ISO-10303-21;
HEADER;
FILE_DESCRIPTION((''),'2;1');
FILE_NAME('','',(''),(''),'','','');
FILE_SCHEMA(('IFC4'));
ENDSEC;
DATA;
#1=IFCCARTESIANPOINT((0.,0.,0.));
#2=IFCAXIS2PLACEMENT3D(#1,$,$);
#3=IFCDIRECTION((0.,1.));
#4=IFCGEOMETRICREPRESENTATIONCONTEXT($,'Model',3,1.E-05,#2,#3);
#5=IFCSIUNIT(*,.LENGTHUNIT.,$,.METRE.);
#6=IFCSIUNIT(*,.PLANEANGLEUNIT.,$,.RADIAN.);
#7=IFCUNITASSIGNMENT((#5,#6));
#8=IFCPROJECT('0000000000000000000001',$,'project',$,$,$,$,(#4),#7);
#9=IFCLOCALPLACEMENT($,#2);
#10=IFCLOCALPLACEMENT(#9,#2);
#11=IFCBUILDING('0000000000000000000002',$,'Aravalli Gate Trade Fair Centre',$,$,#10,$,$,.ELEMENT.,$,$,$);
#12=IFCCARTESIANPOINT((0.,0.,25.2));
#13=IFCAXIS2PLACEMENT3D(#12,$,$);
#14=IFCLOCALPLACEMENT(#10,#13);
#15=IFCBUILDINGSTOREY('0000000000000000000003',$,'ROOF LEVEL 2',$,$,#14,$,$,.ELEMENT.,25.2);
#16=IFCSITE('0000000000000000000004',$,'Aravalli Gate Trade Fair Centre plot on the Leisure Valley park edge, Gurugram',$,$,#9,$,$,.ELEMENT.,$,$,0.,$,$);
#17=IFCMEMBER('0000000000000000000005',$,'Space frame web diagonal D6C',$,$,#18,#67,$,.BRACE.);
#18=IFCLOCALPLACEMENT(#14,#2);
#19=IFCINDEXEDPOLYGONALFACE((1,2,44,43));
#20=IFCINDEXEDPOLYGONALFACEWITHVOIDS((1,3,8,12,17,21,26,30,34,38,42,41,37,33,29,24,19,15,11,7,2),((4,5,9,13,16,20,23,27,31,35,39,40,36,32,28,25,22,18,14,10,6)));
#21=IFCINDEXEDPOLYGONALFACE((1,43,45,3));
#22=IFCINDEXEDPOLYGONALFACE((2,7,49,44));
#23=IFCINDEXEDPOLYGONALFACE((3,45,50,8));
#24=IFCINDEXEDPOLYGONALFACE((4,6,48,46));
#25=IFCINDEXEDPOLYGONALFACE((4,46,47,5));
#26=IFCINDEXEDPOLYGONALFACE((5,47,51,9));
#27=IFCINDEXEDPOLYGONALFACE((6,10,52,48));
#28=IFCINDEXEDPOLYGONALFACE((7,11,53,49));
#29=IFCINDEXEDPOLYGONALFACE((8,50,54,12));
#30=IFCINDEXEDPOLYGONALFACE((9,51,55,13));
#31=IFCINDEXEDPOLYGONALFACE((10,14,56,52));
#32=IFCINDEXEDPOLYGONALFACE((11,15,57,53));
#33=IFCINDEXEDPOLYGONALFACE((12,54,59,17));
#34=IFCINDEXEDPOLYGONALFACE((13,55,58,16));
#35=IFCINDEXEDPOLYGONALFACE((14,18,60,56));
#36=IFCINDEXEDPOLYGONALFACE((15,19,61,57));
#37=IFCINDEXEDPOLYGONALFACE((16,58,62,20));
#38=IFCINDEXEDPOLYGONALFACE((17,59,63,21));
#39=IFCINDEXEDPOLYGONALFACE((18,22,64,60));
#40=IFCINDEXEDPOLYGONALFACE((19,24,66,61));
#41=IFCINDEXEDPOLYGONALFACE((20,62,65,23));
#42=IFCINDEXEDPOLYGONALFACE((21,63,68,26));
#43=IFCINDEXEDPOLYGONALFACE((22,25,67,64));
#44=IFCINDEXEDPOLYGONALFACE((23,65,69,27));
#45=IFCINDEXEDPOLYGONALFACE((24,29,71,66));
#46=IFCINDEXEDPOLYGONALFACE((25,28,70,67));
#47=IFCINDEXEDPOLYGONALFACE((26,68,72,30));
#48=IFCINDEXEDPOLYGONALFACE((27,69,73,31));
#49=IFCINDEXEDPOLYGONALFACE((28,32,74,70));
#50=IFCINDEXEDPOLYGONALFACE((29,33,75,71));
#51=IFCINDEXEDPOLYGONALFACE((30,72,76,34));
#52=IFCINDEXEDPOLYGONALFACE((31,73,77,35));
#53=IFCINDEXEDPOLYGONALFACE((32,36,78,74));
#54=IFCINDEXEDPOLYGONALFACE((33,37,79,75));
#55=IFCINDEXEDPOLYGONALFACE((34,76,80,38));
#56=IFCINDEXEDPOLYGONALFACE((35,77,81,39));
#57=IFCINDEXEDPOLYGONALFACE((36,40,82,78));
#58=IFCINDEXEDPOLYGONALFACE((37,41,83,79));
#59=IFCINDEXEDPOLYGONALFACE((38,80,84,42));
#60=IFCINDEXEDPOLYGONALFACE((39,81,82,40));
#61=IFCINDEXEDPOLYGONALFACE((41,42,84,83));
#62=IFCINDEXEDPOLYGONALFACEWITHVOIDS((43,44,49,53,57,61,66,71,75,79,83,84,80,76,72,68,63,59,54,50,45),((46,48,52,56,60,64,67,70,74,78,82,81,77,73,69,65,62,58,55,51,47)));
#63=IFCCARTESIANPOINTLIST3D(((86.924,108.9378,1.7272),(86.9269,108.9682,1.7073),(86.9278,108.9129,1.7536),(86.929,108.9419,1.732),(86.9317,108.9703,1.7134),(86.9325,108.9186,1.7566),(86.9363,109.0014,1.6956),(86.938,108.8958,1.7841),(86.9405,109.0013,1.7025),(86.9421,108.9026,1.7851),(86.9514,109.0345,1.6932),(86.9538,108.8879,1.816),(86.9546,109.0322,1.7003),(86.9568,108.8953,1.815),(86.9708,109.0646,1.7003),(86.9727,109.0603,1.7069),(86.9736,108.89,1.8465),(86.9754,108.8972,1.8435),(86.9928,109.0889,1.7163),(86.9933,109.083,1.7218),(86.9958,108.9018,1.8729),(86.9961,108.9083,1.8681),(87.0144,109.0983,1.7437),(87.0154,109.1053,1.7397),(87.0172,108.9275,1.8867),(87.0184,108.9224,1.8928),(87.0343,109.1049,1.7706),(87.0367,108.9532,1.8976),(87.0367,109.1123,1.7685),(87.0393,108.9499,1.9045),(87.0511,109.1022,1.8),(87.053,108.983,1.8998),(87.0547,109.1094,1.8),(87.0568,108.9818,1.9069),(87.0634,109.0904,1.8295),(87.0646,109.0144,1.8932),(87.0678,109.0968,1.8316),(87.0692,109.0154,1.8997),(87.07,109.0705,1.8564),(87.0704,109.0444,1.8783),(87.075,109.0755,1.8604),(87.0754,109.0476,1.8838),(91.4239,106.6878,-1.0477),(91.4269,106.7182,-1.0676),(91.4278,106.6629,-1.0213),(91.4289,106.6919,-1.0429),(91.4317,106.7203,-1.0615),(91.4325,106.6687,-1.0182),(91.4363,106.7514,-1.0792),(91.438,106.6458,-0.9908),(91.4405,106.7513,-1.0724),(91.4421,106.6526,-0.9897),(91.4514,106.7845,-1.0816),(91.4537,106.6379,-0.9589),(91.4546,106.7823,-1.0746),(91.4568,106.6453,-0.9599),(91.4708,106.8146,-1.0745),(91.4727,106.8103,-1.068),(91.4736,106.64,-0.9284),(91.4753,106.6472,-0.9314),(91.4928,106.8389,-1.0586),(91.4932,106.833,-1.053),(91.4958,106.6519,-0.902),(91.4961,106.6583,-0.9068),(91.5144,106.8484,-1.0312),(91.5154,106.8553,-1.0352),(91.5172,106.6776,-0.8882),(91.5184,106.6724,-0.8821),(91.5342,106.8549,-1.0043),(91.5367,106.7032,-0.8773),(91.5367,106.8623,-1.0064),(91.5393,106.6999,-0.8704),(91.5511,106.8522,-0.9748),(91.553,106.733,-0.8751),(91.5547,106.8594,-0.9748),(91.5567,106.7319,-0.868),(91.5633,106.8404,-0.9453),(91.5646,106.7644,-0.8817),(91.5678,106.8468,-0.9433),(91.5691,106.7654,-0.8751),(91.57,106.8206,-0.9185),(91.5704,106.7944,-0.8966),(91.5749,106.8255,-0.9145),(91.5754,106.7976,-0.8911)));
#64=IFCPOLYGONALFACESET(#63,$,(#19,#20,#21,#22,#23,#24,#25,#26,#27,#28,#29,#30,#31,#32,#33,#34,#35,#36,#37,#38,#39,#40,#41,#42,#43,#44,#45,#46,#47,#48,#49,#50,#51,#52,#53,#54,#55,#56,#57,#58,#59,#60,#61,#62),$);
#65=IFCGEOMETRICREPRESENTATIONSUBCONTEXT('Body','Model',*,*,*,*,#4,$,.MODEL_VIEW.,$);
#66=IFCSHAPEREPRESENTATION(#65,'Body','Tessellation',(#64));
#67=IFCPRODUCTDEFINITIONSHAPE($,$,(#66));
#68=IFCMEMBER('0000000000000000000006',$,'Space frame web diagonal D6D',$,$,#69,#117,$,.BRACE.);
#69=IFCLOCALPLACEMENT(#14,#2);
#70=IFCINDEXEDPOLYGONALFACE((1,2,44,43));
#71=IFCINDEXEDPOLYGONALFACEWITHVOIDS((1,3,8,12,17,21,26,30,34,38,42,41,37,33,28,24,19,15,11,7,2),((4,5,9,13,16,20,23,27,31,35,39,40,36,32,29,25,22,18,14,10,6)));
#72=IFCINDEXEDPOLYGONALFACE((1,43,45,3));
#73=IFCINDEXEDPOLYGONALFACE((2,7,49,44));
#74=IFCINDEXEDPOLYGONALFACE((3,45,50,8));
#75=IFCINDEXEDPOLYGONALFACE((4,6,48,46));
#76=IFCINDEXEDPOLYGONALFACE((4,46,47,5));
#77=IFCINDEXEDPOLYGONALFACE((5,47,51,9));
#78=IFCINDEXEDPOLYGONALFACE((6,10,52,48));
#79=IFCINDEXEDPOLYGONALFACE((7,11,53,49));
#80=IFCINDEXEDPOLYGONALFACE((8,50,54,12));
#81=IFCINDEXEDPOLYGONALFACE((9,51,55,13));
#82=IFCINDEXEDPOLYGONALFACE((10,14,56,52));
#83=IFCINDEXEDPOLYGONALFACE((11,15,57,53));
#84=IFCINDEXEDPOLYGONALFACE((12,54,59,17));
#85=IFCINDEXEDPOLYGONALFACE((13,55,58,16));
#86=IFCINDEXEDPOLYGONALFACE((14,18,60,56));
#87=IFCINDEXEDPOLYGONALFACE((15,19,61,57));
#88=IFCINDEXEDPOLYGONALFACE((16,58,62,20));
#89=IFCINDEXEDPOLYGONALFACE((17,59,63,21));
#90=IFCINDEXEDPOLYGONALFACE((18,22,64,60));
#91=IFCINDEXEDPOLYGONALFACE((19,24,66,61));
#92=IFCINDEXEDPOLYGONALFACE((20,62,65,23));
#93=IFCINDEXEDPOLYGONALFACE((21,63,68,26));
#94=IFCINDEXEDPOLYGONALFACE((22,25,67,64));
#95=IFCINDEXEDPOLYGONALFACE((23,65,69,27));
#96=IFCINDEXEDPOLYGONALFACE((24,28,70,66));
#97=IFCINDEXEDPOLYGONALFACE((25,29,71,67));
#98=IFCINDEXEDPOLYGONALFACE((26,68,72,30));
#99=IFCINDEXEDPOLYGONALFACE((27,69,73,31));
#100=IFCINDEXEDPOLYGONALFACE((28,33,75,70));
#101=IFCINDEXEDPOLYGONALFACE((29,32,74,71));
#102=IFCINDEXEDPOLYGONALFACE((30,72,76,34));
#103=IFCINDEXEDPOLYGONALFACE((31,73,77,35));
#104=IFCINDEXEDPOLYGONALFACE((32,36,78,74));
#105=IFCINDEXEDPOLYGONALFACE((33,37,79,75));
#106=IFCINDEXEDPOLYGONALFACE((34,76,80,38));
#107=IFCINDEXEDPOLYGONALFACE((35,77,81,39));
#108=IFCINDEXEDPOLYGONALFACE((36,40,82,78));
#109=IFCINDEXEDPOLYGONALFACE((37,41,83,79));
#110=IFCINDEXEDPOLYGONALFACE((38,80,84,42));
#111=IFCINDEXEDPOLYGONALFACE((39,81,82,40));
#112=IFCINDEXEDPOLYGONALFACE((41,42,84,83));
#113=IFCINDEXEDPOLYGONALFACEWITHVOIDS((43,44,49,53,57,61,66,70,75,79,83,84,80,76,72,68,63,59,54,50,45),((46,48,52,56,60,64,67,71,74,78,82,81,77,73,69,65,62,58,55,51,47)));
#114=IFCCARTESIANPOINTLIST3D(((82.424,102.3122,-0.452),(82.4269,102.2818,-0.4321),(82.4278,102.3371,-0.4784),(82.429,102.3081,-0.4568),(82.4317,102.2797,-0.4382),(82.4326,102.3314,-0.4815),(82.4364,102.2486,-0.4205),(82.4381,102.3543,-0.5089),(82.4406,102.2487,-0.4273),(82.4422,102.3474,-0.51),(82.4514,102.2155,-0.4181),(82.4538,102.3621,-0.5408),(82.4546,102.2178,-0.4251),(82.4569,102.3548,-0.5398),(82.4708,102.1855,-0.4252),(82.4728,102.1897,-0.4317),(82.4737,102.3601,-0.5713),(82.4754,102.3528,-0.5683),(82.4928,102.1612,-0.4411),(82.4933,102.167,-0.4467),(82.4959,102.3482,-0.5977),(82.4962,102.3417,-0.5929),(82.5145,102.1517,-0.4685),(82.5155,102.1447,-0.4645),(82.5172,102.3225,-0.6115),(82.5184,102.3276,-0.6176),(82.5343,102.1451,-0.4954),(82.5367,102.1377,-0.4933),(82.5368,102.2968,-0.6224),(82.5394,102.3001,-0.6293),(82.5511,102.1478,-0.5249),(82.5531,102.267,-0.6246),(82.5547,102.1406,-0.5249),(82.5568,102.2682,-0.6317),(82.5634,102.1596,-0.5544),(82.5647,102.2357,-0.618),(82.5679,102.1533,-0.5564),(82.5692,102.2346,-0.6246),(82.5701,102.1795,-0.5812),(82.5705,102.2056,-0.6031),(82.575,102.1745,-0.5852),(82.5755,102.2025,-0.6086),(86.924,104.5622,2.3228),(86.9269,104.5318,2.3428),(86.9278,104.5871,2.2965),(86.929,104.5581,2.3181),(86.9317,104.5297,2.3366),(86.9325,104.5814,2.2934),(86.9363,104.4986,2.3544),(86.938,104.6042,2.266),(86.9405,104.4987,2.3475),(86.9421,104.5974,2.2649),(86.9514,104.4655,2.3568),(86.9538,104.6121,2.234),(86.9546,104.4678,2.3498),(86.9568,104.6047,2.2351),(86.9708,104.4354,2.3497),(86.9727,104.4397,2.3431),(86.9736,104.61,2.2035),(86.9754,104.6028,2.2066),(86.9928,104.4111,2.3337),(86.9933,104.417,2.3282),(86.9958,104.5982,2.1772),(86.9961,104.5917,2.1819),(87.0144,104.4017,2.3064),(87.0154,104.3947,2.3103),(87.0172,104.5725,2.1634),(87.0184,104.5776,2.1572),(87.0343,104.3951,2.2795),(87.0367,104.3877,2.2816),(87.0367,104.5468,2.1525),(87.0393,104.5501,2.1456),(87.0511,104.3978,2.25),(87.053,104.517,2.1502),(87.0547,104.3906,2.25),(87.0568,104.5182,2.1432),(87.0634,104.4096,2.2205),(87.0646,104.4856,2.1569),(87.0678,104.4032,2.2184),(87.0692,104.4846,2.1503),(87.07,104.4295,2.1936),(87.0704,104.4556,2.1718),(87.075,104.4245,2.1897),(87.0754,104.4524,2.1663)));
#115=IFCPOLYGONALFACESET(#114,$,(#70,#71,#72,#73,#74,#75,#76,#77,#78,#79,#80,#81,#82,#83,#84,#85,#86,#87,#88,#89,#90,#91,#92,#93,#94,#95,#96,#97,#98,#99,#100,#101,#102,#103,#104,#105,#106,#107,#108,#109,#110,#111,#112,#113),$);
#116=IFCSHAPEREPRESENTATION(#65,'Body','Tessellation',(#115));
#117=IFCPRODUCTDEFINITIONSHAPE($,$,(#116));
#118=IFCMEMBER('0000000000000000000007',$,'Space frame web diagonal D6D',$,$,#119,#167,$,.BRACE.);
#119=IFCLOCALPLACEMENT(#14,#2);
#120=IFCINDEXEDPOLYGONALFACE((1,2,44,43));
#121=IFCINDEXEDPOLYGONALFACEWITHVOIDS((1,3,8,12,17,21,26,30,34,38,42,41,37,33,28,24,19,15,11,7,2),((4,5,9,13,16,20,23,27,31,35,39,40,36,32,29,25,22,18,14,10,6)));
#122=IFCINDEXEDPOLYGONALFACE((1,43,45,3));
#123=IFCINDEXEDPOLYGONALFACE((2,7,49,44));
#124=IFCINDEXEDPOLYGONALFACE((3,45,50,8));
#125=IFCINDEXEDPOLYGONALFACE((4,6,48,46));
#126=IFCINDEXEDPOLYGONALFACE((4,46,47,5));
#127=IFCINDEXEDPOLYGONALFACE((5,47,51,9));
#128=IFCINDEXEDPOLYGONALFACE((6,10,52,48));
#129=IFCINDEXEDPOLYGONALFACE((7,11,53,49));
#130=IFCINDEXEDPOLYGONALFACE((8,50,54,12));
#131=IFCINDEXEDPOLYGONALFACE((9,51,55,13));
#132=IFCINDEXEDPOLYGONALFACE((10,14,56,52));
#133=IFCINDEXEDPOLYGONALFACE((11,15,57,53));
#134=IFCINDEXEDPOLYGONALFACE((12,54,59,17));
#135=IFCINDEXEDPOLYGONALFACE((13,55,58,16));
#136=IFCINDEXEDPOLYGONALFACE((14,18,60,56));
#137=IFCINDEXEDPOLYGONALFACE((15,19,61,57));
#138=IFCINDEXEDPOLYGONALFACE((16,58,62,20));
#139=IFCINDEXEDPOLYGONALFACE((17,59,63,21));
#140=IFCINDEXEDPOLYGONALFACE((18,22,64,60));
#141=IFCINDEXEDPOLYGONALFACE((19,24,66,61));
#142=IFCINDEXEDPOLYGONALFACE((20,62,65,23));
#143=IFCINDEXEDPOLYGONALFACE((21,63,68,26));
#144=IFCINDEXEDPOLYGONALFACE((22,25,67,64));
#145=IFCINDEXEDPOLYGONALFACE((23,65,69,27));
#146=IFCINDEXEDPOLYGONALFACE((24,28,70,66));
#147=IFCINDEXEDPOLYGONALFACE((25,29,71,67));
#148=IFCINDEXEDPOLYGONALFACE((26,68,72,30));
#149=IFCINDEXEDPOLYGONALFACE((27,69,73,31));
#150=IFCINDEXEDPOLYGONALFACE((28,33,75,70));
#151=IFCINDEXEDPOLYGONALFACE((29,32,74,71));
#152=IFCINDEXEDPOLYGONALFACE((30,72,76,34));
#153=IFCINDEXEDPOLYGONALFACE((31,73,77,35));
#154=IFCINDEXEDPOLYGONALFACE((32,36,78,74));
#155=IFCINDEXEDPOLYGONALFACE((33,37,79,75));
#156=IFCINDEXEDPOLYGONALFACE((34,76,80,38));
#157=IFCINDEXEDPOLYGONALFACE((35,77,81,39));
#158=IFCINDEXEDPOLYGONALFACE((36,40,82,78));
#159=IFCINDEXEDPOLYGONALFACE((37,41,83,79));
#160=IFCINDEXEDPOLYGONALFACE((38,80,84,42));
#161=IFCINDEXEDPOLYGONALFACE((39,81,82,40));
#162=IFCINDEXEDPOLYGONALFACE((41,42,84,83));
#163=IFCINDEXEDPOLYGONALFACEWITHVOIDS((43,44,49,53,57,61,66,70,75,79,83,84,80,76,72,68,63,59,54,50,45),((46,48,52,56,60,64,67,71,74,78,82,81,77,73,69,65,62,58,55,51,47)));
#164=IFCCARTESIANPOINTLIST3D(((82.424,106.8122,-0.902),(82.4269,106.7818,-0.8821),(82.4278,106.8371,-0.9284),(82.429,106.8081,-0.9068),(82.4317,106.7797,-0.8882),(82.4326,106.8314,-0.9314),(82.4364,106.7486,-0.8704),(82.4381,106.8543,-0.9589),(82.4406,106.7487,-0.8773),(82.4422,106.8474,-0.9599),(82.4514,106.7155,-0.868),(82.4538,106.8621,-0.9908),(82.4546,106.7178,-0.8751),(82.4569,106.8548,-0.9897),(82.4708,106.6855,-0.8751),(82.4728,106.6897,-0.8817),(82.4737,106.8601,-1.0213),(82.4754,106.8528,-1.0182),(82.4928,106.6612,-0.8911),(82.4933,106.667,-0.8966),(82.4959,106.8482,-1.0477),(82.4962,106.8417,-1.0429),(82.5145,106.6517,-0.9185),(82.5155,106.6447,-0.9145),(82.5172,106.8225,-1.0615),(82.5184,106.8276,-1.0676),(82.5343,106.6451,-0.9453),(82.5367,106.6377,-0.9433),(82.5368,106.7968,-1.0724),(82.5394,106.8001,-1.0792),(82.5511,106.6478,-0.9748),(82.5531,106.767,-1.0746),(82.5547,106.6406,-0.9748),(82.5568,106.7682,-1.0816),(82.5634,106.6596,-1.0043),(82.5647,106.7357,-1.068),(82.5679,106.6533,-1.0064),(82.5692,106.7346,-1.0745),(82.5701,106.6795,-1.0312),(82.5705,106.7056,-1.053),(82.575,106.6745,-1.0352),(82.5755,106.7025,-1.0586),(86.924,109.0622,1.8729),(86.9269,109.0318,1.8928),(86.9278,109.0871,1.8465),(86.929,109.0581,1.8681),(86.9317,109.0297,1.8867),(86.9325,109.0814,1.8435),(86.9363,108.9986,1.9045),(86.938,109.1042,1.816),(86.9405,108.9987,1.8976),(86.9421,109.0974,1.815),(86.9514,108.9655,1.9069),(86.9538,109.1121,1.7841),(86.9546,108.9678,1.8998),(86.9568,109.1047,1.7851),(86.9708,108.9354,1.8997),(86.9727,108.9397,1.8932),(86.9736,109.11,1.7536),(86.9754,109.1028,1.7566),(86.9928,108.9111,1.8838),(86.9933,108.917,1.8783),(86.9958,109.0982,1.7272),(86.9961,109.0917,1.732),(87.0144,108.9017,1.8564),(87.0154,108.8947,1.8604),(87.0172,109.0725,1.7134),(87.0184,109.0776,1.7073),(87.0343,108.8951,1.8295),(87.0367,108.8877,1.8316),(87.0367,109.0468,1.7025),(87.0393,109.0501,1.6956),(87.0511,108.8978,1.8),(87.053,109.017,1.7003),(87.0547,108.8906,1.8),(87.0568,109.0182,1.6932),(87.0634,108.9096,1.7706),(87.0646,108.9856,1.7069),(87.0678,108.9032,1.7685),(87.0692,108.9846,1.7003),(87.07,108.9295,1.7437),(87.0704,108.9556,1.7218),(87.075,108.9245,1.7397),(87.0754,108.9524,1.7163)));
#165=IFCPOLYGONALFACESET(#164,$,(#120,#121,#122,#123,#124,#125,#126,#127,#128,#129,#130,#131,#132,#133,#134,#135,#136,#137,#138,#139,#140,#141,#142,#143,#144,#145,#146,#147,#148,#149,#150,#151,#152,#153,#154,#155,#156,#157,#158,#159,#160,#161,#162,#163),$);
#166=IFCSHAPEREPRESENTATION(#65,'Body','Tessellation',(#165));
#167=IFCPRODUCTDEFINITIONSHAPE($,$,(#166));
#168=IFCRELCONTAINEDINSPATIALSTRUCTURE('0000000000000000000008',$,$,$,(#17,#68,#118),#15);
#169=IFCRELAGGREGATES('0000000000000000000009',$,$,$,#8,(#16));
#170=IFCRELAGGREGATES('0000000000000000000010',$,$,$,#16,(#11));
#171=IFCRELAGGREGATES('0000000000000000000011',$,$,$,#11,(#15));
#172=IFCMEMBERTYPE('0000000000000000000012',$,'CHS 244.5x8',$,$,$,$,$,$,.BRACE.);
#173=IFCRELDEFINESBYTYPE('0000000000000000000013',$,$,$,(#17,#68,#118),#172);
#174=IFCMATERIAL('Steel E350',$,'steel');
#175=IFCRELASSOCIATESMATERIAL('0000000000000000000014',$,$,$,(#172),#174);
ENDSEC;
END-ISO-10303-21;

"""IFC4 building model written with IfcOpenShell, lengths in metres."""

from ifc_helpers import new_model, si_unit, direction, frame, origin, origin_2d, place, context, subcontext, project, spatial, hollow_circle, extrude, material, material_profile, profile_set, type_object, element, save


model = new_model("IFC4")

# Units and contexts
model_context = context("Model", 3, precision=1e-05, world=origin(), true_north=direction((0.0, 1.0)))
body_context = subcontext(model_context, "Body", "Model", "MODEL_VIEW")
ifc_project = project(units=[si_unit("LENGTHUNIT", "METRE"), si_unit("PLANEANGLEUNIT", "RADIAN")], contexts=[model_context])

# Site, building, storey
site_placement = place(None, origin())
site = spatial("IfcSite", under=ifc_project, at=site_placement, Name="Aravalli Gate Trade Fair Centre plot on the Leisure Valley park edge, Gurugram", CompositionType="ELEMENT", RefElevation=0.0)
building_placement = place(site_placement, origin())
building = spatial("IfcBuilding", under=site, at=building_placement, Name="Aravalli Gate Trade Fair Centre", CompositionType="ELEMENT")
storey_placement = place(building_placement, frame((0.0, 0.0, 25.2)))
storey = spatial("IfcBuildingStorey", under=building, at=storey_placement, Name="ROOF LEVEL 2", CompositionType="ELEMENT", Elevation=25.2)

# Members
ifc_material_1 = material(Name="Steel E350", Category="steel")
ifc_material_profile_1 = material_profile(ifc_material_1, hollow_circle(Radius=0.1223, WallThickness=0.0081, at=origin_2d()), Name="CHS 244.5x8")
ifc_profile_set_1 = profile_set([ifc_material_profile_1], Name="Steel E350")
member_type_1 = type_object("IfcMemberType", Name="CHS 244.5x8", PredefinedType="BRACE", material=ifc_profile_set_1)
for number, where, z_axis, x_axis, name in (
    (1, (87.0, 109.0, 1.8), (0.7832, -0.3916, -0.482956), (0.447214, 0.894427, 0.0), "Space frame web diagonal D6C"),
    (2, (87.0, 104.5, 2.25), (-0.7832, -0.3916, -0.482956), (0.447214, -0.894427, 0.0), "Space frame web diagonal D6D"),
    (3, (87.0, 109.0, 1.8), (-0.7832, -0.3916, -0.482956), (0.447214, -0.894427, 0.0), "Space frame web diagonal D6D"),
):
    element("IfcMember", number, at=place(storey_placement, frame(where, z_axis=z_axis, x_axis=x_axis)), inside=storey, type_object=member_type_1, Name=name, PredefinedType="BRACE", context=body_context, shape_type="SweptSolid", body=[
        extrude(hollow_circle(Radius=0.1223, WallThickness=0.0081, at=origin_2d()), origin(), (0.0, 0.0, 1.0), 5.7456),
    ])

save(model, "model.ifc")
